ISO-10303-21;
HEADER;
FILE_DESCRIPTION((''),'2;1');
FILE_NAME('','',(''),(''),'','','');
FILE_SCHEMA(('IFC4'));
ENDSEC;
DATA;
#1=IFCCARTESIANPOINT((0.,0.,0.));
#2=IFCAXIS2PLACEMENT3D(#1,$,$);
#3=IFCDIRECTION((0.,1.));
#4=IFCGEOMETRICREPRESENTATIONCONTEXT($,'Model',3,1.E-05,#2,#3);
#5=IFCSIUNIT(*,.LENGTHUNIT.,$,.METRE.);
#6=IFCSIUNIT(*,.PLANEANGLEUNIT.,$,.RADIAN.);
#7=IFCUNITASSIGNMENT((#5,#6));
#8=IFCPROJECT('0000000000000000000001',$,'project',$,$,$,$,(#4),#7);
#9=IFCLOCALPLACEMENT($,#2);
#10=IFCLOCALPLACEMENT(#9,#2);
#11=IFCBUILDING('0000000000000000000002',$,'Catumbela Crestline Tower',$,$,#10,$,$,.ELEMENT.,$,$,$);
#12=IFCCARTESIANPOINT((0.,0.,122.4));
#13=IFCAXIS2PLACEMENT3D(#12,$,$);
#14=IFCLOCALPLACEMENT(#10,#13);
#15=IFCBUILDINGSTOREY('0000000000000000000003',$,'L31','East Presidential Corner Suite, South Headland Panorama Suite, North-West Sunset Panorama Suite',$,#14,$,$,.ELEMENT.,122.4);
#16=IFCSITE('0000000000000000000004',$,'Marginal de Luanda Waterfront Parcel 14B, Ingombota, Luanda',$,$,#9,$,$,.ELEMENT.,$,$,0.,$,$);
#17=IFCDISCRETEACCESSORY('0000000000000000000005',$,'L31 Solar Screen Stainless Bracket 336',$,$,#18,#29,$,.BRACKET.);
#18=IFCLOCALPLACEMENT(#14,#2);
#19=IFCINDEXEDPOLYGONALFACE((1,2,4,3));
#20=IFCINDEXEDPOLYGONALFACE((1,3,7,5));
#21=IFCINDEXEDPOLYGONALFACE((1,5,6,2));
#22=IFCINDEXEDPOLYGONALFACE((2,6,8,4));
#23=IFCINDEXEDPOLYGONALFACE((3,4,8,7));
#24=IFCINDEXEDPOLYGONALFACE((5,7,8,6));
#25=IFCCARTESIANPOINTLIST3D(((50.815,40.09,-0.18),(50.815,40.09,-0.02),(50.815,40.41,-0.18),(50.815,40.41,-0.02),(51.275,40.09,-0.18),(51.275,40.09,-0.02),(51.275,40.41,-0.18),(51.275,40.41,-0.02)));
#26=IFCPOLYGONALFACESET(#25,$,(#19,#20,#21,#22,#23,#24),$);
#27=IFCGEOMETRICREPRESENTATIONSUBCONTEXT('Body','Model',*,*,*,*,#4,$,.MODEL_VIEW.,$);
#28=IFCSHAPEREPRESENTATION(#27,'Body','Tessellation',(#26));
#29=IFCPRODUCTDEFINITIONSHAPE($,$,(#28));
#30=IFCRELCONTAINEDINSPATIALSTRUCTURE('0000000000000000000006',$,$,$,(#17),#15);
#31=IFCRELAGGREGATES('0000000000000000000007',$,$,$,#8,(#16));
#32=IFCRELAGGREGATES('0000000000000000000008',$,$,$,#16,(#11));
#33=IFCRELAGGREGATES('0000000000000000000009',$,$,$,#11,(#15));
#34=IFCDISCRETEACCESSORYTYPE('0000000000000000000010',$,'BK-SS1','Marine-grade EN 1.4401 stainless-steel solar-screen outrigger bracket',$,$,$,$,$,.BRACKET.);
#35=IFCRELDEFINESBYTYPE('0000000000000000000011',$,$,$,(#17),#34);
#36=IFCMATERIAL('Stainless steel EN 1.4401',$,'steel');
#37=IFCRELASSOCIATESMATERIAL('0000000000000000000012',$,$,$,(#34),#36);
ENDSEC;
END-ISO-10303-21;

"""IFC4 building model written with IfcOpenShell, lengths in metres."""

from ifc_helpers import new_model, si_unit, direction, frame, origin, origin_2d, place, context, subcontext, project, spatial, rectangle, extrude, material, type_object, element, save


model = new_model("IFC4")

# Units and contexts
model_context = context("Model", 3, precision=1e-05, world=origin(), true_north=direction((0.0, 1.0)))
body_context = subcontext(model_context, "Body", "Model", "MODEL_VIEW")
ifc_project = project(units=[si_unit("LENGTHUNIT", "METRE"), si_unit("PLANEANGLEUNIT", "RADIAN")], contexts=[model_context])

# Site, building, storey
site_placement = place(None, origin())
site = spatial("IfcSite", under=ifc_project, at=site_placement, Name="Marginal de Luanda Waterfront Parcel 14B, Ingombota, Luanda", CompositionType="ELEMENT", RefElevation=0.0)
building_placement = place(site_placement, origin())
building = spatial("IfcBuilding", under=site, at=building_placement, Name="Catumbela Crestline Tower", CompositionType="ELEMENT")
storey_placement = place(building_placement, frame((0.0, 0.0, 122.4)))
storey = spatial("IfcBuildingStorey", under=building, at=storey_placement, Name="L31", Description="East Presidential Corner Suite, South Headland Panorama Suite, North-West Sunset Panorama Suite", CompositionType="ELEMENT", Elevation=122.4)

# Discrete accessory
ifc_material_1 = material(Name="Stainless steel EN 1.4401", Category="steel")
discrete_accessory_type = type_object("IfcDiscreteAccessoryType", Name="BK-SS1", Description="Marine-grade EN 1.4401 stainless-steel solar-screen outrigger bracket", PredefinedType="BRACKET", material=ifc_material_1)
discrete_accessory_placement = place(storey_placement, frame((51.045, 40.25, -0.18), z_axis=(0.0, 0.0, 1.0), x_axis=(0.0, 1.0, 0.0)))
element("IfcDiscreteAccessory", 1, at=discrete_accessory_placement, inside=storey, type_object=discrete_accessory_type, Name="L31 Solar Screen Stainless Bracket 336", PredefinedType="BRACKET", context=body_context, shape_type="SweptSolid", body=[
    extrude(rectangle(XDim=0.32, YDim=0.46, at=origin_2d()), origin(), (0.0, 0.0, 1.0), 0.16),
])

save(model, "model.ifc")
